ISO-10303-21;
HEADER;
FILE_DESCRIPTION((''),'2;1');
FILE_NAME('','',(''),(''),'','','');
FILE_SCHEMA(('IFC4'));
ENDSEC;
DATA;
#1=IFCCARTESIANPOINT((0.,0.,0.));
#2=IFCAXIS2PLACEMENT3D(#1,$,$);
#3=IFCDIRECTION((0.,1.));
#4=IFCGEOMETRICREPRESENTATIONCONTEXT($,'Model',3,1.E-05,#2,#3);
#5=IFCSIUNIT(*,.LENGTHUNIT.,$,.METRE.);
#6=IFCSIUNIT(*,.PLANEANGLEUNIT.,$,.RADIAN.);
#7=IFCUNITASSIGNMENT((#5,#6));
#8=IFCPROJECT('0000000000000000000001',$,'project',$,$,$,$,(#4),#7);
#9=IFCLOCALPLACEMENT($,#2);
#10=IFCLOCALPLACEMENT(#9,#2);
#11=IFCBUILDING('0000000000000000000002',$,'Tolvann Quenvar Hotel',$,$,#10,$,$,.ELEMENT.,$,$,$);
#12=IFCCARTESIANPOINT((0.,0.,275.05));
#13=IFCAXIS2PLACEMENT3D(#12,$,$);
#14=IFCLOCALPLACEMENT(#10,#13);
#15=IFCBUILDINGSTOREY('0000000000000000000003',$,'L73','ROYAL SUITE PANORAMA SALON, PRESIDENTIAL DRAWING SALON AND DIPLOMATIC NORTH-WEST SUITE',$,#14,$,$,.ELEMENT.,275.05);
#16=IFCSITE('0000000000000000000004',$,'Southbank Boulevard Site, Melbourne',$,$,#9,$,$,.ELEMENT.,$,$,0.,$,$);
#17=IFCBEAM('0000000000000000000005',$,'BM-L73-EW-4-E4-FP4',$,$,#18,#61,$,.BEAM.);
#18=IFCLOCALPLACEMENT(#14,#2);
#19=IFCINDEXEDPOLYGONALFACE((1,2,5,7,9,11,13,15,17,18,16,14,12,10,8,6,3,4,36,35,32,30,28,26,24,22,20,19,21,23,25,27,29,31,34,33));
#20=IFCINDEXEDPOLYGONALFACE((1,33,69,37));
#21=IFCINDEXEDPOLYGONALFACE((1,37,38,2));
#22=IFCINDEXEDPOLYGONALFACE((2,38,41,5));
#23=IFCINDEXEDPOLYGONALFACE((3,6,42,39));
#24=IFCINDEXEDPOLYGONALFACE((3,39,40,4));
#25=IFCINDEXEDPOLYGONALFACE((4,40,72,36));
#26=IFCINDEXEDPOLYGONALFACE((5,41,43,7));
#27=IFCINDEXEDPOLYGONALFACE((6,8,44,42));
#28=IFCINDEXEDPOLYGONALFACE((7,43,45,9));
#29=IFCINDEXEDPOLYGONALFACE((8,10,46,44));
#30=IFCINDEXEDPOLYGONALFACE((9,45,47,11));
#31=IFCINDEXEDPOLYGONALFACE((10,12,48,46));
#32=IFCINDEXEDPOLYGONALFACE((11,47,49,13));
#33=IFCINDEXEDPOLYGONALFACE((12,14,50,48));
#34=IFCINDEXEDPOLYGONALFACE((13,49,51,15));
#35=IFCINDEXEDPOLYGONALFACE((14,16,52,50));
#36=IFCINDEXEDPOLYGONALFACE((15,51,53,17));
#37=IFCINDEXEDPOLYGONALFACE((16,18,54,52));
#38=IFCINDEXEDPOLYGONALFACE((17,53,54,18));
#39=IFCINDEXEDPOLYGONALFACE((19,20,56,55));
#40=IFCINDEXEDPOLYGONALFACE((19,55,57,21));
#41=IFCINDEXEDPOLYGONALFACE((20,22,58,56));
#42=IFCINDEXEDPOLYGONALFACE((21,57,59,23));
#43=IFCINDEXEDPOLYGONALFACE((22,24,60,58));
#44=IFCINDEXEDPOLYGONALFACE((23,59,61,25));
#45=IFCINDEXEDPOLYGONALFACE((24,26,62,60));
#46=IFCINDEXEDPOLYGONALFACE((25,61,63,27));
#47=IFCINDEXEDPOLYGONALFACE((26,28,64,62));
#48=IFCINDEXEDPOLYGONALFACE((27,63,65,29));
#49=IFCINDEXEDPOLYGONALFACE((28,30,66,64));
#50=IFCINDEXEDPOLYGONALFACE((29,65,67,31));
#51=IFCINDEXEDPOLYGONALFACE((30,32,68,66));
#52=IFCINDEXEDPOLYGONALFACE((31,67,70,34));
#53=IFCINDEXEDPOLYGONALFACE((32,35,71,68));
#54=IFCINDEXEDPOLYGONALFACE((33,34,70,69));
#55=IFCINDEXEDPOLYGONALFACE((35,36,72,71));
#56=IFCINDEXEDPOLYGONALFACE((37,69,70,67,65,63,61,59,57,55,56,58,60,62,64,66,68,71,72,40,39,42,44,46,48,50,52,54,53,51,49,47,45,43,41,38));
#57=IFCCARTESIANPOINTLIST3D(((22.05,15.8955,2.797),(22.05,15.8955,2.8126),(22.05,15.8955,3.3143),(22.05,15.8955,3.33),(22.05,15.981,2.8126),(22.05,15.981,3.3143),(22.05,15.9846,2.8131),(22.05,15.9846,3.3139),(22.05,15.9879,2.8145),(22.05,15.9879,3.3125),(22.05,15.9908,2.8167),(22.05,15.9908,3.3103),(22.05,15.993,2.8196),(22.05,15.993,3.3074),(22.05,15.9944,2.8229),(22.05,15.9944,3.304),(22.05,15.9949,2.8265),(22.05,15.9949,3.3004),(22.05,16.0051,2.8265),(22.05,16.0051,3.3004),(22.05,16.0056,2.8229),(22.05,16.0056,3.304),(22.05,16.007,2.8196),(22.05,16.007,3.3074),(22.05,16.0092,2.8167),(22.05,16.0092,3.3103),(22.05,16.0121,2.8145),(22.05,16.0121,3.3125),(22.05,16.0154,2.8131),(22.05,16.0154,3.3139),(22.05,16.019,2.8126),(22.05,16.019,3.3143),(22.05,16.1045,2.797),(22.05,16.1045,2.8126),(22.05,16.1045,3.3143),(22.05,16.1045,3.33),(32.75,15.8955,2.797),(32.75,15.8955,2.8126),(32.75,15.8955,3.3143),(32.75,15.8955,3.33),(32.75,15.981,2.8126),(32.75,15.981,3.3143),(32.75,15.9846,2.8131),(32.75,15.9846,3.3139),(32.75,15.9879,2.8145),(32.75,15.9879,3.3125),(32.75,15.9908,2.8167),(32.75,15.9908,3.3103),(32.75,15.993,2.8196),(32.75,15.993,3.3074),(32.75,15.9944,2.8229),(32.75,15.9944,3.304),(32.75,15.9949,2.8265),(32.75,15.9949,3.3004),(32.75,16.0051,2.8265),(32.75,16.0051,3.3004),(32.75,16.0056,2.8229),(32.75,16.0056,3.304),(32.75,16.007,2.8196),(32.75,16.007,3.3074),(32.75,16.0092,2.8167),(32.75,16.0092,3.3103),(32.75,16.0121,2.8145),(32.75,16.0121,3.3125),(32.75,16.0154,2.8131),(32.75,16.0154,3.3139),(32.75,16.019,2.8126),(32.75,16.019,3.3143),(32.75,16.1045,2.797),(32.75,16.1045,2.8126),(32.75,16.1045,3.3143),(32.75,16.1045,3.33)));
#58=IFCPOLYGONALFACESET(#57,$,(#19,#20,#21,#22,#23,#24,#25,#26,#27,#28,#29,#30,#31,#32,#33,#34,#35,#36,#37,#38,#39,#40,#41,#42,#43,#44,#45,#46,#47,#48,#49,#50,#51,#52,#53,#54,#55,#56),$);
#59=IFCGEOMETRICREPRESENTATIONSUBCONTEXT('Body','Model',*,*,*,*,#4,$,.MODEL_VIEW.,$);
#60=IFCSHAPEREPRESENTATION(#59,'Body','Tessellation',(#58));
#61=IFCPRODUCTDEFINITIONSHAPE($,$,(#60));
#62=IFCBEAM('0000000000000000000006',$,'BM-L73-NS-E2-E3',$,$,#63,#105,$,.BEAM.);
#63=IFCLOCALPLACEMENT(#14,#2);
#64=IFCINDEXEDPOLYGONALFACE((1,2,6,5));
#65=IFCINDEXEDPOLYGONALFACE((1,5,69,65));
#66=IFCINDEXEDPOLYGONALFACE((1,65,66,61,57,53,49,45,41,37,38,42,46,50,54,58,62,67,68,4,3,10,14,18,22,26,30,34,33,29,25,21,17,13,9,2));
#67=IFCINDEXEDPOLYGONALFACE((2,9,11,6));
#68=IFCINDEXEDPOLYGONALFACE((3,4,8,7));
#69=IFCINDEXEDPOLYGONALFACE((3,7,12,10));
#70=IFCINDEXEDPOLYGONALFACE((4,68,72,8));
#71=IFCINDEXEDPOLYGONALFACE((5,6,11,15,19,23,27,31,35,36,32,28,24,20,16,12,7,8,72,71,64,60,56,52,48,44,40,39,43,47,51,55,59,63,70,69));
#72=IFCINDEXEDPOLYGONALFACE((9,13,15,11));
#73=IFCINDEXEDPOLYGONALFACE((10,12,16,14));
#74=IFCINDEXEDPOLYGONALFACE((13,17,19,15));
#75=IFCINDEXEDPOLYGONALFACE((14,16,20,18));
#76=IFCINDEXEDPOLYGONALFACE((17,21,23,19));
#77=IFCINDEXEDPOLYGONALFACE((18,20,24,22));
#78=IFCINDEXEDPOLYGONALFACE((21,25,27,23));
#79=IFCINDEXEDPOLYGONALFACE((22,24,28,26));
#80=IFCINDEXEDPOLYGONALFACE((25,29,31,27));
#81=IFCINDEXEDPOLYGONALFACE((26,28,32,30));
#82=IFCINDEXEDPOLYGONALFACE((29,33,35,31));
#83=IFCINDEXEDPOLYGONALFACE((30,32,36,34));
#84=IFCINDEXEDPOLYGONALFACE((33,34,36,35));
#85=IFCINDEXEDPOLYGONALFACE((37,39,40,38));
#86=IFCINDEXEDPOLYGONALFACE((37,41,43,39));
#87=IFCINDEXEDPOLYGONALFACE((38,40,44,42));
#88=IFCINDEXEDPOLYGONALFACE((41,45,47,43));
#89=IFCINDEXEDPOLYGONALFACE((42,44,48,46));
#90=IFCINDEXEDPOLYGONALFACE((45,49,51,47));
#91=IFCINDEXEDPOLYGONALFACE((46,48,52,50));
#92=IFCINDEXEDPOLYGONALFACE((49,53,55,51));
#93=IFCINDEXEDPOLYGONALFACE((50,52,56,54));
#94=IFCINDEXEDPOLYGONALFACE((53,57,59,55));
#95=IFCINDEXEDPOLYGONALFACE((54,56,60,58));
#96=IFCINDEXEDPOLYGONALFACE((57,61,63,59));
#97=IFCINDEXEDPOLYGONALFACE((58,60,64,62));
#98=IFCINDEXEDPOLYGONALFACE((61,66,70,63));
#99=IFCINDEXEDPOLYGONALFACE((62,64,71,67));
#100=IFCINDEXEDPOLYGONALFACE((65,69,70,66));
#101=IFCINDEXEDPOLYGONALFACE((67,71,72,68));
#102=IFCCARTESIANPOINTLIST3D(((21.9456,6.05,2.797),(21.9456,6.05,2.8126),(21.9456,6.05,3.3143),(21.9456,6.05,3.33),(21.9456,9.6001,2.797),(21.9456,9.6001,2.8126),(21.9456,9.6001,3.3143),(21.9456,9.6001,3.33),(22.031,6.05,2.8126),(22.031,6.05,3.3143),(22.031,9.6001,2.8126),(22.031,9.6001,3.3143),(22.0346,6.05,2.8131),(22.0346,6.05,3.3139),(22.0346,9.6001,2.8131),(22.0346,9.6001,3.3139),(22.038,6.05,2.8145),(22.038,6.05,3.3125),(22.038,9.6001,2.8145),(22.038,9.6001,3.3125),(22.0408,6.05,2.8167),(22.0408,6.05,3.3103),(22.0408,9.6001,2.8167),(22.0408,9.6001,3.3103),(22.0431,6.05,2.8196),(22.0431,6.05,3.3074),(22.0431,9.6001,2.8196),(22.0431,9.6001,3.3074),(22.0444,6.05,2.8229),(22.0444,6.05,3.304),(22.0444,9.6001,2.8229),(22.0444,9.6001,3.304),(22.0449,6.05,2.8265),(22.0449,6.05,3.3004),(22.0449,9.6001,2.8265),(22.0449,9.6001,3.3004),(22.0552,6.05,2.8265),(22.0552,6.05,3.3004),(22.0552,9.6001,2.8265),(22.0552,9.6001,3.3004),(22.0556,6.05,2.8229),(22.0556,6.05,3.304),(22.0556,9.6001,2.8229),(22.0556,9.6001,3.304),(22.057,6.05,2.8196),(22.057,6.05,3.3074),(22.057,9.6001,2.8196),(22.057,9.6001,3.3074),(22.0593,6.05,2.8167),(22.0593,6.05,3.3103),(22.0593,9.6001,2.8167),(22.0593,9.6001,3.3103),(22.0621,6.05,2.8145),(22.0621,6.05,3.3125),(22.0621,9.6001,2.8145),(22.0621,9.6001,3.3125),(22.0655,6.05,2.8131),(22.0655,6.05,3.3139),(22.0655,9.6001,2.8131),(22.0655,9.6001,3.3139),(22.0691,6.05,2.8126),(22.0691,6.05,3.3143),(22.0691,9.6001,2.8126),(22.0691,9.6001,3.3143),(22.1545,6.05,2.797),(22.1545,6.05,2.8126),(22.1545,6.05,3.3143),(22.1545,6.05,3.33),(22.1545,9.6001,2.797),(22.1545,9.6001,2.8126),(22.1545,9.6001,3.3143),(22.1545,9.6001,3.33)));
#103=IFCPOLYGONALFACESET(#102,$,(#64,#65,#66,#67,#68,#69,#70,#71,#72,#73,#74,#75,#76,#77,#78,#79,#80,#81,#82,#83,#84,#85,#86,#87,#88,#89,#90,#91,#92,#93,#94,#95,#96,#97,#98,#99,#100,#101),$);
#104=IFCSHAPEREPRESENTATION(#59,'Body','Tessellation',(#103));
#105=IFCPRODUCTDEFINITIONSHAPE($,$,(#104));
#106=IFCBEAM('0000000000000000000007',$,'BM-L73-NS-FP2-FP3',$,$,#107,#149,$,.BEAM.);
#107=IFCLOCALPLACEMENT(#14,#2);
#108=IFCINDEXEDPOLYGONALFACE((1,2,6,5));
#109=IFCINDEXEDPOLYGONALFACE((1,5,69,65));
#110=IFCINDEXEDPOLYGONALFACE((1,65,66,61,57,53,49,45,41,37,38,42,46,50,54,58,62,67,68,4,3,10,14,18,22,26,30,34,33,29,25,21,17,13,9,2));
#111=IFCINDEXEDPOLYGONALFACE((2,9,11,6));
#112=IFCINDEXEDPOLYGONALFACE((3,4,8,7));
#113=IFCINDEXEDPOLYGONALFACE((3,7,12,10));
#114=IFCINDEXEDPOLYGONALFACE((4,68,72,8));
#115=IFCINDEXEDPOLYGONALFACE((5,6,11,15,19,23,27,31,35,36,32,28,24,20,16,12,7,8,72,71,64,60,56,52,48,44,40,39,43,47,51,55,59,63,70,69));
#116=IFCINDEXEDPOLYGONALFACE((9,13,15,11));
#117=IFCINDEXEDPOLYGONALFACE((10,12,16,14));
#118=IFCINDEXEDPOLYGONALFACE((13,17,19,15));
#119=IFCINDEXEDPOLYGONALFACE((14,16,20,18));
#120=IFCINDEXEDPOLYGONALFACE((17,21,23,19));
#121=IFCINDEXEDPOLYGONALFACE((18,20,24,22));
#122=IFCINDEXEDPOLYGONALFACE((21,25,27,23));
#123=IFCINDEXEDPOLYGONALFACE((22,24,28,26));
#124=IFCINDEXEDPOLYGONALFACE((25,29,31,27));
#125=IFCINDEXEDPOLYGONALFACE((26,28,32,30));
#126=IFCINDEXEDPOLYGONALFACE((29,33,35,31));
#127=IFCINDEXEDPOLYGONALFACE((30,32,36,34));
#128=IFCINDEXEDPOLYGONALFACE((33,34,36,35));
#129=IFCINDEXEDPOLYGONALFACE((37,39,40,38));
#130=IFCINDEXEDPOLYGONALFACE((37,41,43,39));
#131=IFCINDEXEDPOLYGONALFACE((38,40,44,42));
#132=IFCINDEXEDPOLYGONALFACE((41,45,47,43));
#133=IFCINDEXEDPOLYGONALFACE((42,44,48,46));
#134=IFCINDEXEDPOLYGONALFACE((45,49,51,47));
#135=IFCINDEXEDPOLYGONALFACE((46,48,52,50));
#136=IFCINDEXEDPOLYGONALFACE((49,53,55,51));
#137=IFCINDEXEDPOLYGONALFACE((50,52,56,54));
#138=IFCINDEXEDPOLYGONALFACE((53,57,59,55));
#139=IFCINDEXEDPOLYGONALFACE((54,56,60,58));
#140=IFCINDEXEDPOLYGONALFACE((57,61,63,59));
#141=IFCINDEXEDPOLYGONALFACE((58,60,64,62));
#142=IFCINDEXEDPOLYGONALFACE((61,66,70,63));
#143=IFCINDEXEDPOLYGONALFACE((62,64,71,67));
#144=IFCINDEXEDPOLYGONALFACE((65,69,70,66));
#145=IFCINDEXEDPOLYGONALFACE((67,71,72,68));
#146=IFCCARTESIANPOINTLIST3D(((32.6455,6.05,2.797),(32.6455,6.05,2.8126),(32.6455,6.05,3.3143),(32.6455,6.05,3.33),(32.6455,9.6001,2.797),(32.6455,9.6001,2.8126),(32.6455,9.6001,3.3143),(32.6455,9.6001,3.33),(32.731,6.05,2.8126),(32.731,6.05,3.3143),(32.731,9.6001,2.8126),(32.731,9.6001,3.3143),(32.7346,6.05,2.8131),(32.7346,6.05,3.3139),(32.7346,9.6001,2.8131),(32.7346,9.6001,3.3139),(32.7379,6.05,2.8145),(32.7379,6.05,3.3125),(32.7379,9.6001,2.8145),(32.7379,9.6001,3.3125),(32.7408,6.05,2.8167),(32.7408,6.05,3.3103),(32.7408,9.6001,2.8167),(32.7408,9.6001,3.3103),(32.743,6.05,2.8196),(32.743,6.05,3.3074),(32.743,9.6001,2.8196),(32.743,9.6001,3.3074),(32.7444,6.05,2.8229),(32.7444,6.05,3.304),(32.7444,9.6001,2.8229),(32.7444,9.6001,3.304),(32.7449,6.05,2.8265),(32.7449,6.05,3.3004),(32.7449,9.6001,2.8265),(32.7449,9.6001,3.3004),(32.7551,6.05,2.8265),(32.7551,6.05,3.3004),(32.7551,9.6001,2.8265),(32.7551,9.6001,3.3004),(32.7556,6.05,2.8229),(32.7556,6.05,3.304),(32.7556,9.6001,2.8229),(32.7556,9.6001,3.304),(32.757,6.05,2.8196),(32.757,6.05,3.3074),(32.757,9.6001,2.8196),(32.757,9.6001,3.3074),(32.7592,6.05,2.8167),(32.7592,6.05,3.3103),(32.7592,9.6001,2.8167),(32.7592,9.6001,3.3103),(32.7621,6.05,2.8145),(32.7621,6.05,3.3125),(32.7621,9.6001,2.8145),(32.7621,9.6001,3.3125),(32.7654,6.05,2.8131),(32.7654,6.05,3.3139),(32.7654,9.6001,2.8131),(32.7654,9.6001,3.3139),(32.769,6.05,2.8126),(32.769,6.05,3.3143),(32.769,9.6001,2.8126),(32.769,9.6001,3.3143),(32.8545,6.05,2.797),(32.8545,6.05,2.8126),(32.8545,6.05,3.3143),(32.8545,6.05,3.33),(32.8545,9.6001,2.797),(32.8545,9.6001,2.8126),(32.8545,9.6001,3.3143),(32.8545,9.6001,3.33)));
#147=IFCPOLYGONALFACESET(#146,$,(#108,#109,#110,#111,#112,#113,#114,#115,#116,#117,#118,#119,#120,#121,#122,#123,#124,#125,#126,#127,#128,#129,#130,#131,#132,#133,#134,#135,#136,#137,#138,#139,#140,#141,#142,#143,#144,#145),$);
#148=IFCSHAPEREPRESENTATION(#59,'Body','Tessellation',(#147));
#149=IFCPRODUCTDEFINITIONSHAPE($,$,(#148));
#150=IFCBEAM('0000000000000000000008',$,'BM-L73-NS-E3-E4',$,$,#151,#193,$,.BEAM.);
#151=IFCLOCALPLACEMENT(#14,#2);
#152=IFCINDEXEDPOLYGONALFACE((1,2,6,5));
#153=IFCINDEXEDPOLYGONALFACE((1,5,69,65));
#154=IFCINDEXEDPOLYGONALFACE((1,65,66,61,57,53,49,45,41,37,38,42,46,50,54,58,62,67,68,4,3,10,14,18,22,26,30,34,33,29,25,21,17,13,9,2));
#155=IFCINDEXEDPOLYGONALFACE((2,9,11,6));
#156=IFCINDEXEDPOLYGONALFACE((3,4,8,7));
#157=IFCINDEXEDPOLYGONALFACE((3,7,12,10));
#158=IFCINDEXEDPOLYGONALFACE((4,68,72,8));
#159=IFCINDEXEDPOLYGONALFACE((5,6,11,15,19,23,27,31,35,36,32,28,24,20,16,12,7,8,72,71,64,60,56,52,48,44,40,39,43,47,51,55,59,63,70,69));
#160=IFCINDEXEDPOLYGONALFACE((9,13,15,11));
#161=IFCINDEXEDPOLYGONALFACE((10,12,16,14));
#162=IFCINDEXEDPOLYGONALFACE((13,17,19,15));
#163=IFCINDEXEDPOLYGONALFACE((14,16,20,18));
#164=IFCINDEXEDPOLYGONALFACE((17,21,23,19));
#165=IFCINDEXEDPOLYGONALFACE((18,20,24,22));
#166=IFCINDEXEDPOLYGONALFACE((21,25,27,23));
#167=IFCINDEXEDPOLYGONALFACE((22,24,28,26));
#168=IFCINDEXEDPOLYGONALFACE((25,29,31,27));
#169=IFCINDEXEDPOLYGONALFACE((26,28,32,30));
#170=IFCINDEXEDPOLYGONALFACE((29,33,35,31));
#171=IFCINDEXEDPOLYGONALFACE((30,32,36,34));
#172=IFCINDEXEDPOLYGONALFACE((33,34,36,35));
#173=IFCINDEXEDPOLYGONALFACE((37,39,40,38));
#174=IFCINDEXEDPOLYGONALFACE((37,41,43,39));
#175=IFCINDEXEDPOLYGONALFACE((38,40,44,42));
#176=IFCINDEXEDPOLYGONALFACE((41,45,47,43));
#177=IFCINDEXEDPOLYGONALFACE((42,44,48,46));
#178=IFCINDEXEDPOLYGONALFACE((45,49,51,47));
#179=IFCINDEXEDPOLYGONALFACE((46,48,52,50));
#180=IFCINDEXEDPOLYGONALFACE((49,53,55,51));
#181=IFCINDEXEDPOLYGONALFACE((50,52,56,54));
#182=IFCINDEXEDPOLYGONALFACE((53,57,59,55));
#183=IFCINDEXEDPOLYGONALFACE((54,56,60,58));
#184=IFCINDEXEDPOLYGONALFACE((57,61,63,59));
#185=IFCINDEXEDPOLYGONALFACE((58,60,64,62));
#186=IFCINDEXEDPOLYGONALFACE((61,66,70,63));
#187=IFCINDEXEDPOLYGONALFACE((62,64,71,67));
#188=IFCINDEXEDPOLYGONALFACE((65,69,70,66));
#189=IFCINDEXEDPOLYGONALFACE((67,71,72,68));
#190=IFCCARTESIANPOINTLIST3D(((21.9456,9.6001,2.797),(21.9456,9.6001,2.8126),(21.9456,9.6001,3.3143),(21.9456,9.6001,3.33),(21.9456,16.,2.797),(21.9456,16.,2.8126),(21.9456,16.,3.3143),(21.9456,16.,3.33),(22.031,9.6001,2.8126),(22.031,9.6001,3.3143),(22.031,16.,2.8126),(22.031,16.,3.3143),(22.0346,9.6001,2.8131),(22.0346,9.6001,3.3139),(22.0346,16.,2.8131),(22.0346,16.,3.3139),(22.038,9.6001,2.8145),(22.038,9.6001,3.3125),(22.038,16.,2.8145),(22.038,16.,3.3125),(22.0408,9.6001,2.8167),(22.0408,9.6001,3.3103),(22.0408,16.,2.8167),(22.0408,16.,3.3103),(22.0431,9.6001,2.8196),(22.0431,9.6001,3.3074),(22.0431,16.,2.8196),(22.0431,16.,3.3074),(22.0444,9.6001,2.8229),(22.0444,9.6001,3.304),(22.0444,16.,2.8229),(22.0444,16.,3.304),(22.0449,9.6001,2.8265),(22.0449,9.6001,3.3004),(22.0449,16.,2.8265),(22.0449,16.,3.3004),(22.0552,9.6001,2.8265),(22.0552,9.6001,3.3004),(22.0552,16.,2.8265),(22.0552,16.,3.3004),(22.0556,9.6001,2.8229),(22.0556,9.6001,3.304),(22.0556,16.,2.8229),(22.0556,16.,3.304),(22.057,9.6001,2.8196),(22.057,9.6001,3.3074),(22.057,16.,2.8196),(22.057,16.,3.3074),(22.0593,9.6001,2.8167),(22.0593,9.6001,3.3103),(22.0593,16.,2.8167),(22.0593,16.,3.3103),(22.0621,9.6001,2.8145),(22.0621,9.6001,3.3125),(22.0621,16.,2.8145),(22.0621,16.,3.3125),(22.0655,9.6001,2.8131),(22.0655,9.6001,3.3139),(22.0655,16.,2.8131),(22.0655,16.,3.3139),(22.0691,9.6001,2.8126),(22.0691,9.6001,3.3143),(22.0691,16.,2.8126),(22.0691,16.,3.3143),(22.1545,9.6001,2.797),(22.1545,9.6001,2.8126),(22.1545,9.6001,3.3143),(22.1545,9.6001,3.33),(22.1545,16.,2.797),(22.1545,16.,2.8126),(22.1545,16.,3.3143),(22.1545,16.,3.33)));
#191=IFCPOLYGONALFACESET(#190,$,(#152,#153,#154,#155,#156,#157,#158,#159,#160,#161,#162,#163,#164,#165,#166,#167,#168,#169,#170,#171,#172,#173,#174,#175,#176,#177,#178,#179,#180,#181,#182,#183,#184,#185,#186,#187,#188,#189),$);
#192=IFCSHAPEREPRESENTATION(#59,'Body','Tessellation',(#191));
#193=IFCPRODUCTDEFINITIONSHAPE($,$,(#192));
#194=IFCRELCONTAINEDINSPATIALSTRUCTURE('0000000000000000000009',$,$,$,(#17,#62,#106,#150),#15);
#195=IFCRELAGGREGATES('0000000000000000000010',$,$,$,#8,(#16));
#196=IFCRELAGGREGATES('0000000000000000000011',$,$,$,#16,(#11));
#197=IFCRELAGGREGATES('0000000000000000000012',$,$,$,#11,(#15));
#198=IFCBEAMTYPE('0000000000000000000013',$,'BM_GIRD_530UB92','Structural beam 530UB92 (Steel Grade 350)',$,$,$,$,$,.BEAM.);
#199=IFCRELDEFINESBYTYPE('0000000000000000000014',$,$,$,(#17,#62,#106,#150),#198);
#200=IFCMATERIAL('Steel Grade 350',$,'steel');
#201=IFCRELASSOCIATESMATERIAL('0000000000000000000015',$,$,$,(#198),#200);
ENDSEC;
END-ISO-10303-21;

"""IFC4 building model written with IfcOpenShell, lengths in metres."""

from ifc_helpers import new_model, si_unit, direction, frame, origin, origin_2d, place, context, subcontext, project, spatial, i_section, extrude, source, transform, mapped, material, material_profile, profile_set, type_object, element, save


model = new_model("IFC4")

# Units and contexts
model_context = context("Model", 3, precision=1e-05, world=origin(), true_north=direction((0.0, 1.0)))
body_context = subcontext(model_context, "Body", "Model", "MODEL_VIEW")
ifc_project = project(units=[si_unit("LENGTHUNIT", "METRE"), si_unit("PLANEANGLEUNIT", "RADIAN")], contexts=[model_context])

# Site, building, storey
site_placement = place(None, origin())
site = spatial("IfcSite", under=ifc_project, at=site_placement, Name="Southbank Boulevard Site, Melbourne", CompositionType="ELEMENT", RefElevation=0.0)
building_placement = place(site_placement, origin())
building = spatial("IfcBuilding", under=site, at=building_placement, Name="Tolvann Quenvar Hotel", CompositionType="ELEMENT")
storey_placement = place(building_placement, frame((0.0, 0.0, 275.05)))
storey = spatial("IfcBuildingStorey", under=building, at=storey_placement, Name="L73", Description="ROYAL SUITE PANORAMA SALON, PRESIDENTIAL DRAWING SALON AND DIPLOMATIC NORTH-WEST SUITE", CompositionType="ELEMENT", Elevation=275.05)

# Shared definitions
ifc_material_1 = material(Name="Steel Grade 350", Category="steel")

# Beams
ifc_material_profile_1 = material_profile(ifc_material_1, i_section(OverallWidth=0.209, OverallDepth=0.533, WebThickness=0.0103, FlangeThickness=0.0156, FilletRadius=0.0139, at=origin_2d()), Name="530UB92")
ifc_profile_set_1 = profile_set([ifc_material_profile_1], Name="Steel Grade 350")
beam_type_1 = type_object("IfcBeamType", Name="BM_GIRD_530UB92", Description="Structural beam 530UB92 (Steel Grade 350)", PredefinedType="BEAM", material=ifc_profile_set_1)
shared_shape_1 = source(origin(), body_context, "Body", "SweptSolid", [
    extrude(i_section(OverallWidth=0.209, OverallDepth=0.533, WebThickness=0.0103, FlangeThickness=0.0156, FilletRadius=0.0139, at=origin_2d()), origin(), (0.0, 0.0, 1.0), 10.7),
])
for number, where, z_axis, x_axis, name in (
    (1, (22.05, 16.0, 3.0635), (1.0, 0.0, 0.0), (0.0, 1.0, 0.0), "BM-L73-EW-4-E4-FP4"),
):
    element("IfcBeam", number, at=place(storey_placement, frame(where, z_axis=z_axis, x_axis=x_axis)), inside=storey, type_object=beam_type_1, Name=name, PredefinedType="BEAM", context=body_context, shape_type="MappedRepresentation", body=[
        mapped(shared_shape_1, transform((0.0, 0.0, 0.0), x_axis=(1.0, 0.0, 0.0), y_axis=(0.0, 1.0, 0.0), z_axis=(0.0, 0.0, 1.0), scale=1.0)),
    ])
shared_shape_2 = source(origin(), body_context, "Body", "SweptSolid", [
    extrude(i_section(OverallWidth=0.209, OverallDepth=0.533, WebThickness=0.0103, FlangeThickness=0.0156, FilletRadius=0.0139, at=origin_2d()), origin(), (0.0, 0.0, 1.0), 3.55),
])
for number, where, z_axis, x_axis, name in (
    (2, (22.05, 6.05, 3.0635), (0.0, 1.0, 0.0), (-1.0, 0.0, 0.0), "BM-L73-NS-E2-E3"),
    (3, (32.75, 6.05, 3.0635), (0.0, 1.0, 0.0), (-1.0, 0.0, 0.0), "BM-L73-NS-FP2-FP3"),
):
    element("IfcBeam", number, at=place(storey_placement, frame(where, z_axis=z_axis, x_axis=x_axis)), inside=storey, type_object=beam_type_1, Name=name, PredefinedType="BEAM", context=body_context, shape_type="MappedRepresentation", body=[
        mapped(shared_shape_2, transform((0.0, 0.0, 0.0), x_axis=(1.0, 0.0, 0.0), y_axis=(0.0, 1.0, 0.0), z_axis=(0.0, 0.0, 1.0), scale=1.0)),
    ])
shared_shape_3 = source(origin(), body_context, "Body", "SweptSolid", [
    extrude(i_section(OverallWidth=0.209, OverallDepth=0.533, WebThickness=0.0103, FlangeThickness=0.0156, FilletRadius=0.0139, at=origin_2d()), origin(), (0.0, 0.0, 1.0), 6.3999),
])
for number, where, z_axis, x_axis, name in (
    (4, (22.05, 9.6001, 3.0635), (0.0, 1.0, 0.0), (-1.0, 0.0, 0.0), "BM-L73-NS-E3-E4"),
):
    element("IfcBeam", number, at=place(storey_placement, frame(where, z_axis=z_axis, x_axis=x_axis)), inside=storey, type_object=beam_type_1, Name=name, PredefinedType="BEAM", context=body_context, shape_type="MappedRepresentation", body=[
        mapped(shared_shape_3, transform((0.0, 0.0, 0.0), x_axis=(1.0, 0.0, 0.0), y_axis=(0.0, 1.0, 0.0), z_axis=(0.0, 0.0, 1.0), scale=1.0)),
    ])

save(model, "model.ifc")
